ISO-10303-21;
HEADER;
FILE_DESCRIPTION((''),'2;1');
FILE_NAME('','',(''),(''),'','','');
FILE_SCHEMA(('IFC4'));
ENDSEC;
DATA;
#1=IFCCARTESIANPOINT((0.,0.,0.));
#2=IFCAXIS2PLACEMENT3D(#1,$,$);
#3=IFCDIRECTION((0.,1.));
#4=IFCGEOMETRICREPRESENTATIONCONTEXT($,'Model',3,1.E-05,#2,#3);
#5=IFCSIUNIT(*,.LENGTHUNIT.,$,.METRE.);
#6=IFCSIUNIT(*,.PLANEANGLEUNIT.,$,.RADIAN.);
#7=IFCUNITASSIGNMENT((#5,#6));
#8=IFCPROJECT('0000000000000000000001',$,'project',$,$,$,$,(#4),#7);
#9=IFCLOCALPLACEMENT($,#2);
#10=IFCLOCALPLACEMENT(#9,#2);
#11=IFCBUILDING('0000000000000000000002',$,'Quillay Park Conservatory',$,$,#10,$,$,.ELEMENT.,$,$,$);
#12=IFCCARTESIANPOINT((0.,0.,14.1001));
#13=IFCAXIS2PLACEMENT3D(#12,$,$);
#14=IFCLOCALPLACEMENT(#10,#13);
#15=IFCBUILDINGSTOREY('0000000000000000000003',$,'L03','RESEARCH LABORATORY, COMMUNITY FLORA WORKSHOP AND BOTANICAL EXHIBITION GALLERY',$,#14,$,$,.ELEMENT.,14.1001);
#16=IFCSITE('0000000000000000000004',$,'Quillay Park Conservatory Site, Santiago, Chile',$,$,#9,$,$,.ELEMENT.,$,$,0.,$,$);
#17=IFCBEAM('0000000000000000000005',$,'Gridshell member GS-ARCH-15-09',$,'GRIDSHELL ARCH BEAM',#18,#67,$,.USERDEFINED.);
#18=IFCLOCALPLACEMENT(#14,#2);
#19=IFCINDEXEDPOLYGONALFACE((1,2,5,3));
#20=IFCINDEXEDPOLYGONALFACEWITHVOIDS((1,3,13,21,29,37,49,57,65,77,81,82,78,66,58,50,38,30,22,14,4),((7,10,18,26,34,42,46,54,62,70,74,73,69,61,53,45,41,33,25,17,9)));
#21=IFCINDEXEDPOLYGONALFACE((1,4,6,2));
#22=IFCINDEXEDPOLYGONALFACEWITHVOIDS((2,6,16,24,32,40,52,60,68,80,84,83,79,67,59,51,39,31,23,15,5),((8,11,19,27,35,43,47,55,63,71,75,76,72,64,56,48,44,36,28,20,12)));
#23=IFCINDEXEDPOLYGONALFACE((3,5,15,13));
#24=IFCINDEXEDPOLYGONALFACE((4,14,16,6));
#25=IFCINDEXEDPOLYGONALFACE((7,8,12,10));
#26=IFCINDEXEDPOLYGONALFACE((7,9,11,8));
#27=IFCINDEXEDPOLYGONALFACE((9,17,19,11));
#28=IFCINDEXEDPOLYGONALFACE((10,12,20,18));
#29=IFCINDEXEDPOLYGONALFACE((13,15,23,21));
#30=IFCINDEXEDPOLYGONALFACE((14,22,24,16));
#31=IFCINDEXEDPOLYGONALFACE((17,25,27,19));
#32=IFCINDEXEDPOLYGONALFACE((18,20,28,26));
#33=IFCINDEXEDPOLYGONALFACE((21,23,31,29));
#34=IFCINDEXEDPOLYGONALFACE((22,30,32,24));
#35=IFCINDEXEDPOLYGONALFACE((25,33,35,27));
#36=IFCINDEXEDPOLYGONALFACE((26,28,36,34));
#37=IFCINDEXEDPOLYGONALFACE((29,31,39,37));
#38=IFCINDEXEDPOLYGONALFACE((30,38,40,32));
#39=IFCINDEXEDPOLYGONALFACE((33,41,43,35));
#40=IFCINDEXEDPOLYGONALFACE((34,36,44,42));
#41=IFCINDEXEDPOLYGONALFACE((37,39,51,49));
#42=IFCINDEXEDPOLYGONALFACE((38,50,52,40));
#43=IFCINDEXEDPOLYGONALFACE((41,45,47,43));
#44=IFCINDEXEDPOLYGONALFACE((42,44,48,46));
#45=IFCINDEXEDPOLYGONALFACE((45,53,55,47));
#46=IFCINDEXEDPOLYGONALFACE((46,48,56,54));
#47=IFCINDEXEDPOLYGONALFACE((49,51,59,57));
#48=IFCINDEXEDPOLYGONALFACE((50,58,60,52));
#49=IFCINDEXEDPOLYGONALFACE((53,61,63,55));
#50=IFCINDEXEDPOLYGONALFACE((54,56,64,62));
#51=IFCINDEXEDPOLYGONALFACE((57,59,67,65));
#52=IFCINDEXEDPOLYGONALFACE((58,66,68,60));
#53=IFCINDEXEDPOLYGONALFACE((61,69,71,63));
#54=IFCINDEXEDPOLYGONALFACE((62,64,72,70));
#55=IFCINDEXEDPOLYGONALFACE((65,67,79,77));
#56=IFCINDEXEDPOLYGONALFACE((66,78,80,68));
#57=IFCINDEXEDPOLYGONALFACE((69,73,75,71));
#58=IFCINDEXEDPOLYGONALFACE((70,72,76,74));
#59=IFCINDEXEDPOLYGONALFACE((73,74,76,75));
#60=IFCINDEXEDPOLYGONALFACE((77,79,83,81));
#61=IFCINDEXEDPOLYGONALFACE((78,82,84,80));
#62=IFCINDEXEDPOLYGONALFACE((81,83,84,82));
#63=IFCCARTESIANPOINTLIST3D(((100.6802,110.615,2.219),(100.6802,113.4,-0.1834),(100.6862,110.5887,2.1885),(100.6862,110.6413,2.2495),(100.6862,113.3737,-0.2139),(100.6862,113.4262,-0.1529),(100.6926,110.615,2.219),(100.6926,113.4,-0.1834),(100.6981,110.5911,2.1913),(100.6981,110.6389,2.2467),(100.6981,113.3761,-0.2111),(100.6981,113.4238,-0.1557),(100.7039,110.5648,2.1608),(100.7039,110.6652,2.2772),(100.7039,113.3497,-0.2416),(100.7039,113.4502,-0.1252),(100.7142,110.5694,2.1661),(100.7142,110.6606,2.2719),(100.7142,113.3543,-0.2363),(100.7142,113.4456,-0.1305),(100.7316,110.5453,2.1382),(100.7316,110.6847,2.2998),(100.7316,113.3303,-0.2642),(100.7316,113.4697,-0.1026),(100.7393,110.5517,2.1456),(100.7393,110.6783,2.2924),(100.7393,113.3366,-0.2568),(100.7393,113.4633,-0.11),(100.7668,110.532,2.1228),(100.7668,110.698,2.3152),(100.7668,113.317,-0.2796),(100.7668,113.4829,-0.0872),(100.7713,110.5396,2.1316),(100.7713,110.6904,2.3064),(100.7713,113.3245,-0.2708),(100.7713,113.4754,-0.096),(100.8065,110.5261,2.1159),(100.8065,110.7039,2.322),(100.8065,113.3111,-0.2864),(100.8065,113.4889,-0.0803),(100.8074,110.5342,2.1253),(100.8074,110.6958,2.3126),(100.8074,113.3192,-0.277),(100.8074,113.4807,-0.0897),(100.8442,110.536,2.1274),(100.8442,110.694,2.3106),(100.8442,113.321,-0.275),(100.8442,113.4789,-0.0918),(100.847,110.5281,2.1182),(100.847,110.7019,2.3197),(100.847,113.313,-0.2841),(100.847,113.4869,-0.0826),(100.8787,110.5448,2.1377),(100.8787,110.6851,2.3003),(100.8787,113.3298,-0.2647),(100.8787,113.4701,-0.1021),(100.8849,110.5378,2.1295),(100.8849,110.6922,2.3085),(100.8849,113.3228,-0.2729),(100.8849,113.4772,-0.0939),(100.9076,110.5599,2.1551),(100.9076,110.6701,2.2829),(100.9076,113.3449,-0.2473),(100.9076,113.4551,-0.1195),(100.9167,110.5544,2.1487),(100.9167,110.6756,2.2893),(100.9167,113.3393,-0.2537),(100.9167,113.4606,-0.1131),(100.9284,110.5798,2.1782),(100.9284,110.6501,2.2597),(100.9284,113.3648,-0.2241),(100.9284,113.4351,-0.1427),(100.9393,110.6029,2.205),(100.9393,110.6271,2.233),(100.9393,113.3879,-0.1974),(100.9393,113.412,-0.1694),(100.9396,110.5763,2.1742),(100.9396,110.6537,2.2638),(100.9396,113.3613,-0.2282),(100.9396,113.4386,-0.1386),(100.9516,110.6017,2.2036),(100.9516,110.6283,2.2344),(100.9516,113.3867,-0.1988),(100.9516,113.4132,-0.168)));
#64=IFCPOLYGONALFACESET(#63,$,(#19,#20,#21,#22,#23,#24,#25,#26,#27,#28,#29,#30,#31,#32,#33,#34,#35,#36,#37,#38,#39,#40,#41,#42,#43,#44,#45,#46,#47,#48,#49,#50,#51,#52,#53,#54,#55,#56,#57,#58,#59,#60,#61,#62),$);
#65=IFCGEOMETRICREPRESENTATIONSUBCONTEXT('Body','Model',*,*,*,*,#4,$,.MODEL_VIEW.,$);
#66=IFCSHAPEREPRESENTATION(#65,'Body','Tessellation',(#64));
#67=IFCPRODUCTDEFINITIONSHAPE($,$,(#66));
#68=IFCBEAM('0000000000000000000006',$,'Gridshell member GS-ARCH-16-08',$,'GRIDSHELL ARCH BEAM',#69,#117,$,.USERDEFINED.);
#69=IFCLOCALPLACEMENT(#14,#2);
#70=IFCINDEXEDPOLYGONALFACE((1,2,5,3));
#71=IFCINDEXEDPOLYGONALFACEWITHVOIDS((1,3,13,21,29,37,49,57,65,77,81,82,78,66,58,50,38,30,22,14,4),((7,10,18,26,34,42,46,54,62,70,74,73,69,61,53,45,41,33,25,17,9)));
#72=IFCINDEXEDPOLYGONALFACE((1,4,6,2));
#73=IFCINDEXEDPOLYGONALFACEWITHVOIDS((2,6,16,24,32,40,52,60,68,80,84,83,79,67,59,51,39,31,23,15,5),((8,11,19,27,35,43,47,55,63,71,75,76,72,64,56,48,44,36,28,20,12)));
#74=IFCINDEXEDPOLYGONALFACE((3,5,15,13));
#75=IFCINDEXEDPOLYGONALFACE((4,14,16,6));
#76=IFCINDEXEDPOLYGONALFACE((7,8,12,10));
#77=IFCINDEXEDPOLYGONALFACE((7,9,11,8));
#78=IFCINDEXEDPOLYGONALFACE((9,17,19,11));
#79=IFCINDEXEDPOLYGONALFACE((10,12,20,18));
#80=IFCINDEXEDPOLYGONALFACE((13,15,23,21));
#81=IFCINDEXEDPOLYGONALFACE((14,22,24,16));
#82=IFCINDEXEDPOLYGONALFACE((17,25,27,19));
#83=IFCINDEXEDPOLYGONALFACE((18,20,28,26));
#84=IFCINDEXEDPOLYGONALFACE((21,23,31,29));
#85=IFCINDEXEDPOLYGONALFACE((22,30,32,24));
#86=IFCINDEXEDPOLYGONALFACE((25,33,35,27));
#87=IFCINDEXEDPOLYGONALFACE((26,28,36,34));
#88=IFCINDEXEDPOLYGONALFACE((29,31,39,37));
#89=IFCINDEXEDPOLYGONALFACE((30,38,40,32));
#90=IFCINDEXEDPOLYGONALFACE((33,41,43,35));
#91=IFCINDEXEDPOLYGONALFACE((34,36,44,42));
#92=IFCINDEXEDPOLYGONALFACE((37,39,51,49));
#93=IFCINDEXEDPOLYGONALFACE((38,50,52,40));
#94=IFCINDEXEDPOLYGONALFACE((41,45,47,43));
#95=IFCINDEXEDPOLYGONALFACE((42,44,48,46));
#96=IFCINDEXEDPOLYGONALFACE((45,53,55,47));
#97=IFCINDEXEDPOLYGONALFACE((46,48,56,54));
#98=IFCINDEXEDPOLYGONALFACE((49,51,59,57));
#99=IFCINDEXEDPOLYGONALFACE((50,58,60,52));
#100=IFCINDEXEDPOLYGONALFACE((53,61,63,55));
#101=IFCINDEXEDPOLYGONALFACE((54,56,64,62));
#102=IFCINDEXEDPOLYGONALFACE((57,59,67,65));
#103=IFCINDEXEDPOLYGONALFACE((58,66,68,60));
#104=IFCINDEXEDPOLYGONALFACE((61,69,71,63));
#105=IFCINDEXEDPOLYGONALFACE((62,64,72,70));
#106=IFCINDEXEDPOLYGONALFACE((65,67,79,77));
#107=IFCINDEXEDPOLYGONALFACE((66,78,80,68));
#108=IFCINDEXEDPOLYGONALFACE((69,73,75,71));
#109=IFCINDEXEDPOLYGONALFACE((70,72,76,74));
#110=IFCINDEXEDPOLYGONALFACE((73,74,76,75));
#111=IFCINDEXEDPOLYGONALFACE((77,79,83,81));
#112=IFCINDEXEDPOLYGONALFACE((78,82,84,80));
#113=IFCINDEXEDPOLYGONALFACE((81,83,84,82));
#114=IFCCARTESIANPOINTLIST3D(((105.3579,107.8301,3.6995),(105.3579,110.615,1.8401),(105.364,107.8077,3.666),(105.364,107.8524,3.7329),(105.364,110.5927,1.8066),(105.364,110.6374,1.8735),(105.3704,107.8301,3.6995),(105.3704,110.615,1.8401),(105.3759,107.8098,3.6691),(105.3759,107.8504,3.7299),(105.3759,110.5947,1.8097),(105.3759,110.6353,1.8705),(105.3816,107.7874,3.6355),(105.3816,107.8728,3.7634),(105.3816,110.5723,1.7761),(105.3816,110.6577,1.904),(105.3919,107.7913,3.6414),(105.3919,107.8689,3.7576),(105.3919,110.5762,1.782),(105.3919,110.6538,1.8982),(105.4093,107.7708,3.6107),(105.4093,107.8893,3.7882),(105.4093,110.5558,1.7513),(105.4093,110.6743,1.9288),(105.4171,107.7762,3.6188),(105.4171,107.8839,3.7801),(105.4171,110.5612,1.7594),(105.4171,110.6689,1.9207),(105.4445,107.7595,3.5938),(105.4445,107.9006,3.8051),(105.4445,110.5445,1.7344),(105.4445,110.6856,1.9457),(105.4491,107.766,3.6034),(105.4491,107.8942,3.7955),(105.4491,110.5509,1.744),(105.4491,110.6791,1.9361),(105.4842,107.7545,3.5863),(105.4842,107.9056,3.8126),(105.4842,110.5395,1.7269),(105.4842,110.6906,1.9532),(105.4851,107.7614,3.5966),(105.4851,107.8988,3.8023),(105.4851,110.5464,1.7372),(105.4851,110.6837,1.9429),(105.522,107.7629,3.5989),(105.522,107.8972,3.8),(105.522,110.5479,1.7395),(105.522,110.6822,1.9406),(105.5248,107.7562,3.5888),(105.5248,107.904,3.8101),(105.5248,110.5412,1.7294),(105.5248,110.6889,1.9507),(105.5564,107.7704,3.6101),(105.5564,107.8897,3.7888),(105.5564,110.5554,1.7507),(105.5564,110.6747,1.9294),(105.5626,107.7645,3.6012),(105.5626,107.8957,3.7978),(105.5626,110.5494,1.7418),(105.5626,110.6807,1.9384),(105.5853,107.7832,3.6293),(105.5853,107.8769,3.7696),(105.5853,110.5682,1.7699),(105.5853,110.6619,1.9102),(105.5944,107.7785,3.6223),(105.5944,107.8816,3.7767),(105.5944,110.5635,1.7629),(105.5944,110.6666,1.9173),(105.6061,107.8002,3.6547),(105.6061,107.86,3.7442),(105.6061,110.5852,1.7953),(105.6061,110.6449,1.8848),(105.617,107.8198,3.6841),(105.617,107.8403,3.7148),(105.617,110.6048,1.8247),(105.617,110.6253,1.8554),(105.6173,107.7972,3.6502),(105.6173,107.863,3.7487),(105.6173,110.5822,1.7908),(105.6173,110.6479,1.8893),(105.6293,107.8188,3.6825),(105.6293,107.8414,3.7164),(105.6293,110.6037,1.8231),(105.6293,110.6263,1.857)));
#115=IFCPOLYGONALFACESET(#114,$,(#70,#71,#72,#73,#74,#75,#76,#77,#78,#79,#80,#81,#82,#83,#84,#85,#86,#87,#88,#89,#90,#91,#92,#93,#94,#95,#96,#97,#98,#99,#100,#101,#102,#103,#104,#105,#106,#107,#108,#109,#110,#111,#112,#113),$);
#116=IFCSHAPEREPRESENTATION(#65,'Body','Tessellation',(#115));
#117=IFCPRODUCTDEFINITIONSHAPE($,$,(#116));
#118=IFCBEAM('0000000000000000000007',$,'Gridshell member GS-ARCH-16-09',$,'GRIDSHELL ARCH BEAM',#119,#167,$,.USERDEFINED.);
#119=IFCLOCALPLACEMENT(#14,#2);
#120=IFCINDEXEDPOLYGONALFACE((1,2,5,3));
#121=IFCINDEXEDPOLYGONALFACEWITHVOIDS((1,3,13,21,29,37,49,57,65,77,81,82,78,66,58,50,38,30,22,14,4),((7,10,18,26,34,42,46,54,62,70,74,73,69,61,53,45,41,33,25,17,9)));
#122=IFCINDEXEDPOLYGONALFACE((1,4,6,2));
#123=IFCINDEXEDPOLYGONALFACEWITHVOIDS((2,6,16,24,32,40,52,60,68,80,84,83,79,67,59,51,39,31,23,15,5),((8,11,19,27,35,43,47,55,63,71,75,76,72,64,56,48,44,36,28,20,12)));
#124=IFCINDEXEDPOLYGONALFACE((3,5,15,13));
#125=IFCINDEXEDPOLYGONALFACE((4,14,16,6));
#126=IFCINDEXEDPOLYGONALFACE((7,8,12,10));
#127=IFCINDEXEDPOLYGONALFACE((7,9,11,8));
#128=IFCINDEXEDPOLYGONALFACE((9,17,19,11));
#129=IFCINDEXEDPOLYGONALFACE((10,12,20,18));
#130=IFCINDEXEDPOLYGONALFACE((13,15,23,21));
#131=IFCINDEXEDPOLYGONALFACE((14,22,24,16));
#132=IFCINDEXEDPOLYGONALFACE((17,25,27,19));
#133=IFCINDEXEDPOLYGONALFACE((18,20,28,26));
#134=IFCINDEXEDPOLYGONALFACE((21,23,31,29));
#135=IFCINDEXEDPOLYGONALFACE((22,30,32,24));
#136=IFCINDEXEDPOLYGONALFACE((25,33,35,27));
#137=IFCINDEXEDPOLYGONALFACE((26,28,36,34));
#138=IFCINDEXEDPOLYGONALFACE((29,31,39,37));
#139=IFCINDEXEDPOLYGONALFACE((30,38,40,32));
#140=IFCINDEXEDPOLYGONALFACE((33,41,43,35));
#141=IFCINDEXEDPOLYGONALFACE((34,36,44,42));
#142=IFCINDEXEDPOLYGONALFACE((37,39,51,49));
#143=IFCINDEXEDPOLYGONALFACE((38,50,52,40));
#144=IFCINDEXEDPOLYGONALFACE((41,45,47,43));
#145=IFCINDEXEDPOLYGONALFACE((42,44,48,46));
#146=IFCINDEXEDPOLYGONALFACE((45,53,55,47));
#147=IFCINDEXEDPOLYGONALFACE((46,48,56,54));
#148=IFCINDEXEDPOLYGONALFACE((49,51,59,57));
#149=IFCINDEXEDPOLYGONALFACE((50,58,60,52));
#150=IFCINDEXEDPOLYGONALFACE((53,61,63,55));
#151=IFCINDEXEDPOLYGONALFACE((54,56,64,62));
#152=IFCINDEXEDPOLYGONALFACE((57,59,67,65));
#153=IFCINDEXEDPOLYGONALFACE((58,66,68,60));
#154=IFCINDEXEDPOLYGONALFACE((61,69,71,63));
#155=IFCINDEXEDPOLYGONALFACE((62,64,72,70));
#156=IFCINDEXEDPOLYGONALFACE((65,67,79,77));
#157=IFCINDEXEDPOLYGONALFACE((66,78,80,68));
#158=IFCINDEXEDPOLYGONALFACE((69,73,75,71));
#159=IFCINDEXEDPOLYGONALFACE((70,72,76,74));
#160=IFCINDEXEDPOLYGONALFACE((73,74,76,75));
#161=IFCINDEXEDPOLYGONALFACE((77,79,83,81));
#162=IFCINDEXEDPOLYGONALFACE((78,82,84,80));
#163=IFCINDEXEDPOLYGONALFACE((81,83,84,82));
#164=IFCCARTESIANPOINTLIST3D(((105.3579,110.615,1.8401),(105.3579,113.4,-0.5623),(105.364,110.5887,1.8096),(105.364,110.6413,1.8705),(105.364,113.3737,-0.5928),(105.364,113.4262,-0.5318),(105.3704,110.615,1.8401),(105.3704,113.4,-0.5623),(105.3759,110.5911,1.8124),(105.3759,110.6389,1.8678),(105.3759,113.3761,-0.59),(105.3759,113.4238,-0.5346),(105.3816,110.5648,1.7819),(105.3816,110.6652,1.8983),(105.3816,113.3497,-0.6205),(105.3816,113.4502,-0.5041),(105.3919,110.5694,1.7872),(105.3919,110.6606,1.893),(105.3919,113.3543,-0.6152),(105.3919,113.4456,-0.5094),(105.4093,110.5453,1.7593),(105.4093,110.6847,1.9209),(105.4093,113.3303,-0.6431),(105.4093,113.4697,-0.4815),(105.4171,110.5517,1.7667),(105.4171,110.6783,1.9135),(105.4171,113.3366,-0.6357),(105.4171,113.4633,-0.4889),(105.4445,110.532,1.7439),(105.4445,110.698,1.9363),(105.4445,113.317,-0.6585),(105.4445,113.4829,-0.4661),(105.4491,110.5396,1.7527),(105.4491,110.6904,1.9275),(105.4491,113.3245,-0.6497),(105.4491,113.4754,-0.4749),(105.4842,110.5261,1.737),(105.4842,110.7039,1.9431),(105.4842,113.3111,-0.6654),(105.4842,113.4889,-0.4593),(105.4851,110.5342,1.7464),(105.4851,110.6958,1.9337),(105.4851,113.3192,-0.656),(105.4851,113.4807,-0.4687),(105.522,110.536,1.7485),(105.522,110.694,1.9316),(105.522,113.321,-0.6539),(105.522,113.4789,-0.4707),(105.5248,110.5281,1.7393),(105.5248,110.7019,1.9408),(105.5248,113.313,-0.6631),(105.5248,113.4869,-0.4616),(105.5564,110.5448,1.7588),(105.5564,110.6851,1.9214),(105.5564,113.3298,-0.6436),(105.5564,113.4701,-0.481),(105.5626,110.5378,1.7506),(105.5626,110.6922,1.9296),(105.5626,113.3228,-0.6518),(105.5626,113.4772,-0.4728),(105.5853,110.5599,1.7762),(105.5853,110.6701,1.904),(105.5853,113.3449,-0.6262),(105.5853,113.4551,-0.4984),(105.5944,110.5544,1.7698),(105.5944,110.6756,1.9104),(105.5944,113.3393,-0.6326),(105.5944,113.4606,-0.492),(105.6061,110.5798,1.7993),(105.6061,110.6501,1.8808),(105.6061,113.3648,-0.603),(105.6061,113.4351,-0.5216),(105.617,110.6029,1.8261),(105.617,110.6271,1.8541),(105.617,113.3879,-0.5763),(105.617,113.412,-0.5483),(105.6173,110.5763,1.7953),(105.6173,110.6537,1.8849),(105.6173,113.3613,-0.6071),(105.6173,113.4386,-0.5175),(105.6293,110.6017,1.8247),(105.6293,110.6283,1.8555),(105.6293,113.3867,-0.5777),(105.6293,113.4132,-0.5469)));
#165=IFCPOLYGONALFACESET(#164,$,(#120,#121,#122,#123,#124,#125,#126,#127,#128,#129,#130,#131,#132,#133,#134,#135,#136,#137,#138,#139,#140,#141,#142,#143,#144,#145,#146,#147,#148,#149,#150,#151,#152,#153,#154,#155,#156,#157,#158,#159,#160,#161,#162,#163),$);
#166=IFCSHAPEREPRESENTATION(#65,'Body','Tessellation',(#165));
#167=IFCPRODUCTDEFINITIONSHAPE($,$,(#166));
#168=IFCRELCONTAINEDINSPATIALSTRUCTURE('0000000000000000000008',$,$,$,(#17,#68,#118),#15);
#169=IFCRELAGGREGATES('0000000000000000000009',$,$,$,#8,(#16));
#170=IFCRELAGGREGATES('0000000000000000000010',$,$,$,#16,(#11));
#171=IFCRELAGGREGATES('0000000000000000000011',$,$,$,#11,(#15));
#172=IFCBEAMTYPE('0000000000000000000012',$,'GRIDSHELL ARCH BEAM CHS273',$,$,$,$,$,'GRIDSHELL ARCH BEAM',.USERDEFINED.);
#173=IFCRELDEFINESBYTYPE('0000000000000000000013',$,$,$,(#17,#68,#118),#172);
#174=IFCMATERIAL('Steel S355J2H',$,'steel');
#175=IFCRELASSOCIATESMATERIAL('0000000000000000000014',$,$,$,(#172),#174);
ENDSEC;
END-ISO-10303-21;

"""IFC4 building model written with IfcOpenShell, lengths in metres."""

from ifc_helpers import new_model, si_unit, direction, frame, origin, origin_2d, place, context, subcontext, project, spatial, hollow_circle, extrude, material, material_profile, profile_set, type_object, element, save


model = new_model("IFC4")

# Units and contexts
model_context = context("Model", 3, precision=1e-05, world=origin(), true_north=direction((0.0, 1.0)))
body_context = subcontext(model_context, "Body", "Model", "MODEL_VIEW")
ifc_project = project(units=[si_unit("LENGTHUNIT", "METRE"), si_unit("PLANEANGLEUNIT", "RADIAN")], contexts=[model_context])

# Site, building, storey
site_placement = place(None, origin())
site = spatial("IfcSite", under=ifc_project, at=site_placement, Name="Quillay Park Conservatory Site, Santiago, Chile", CompositionType="ELEMENT", RefElevation=0.0)
building_placement = place(site_placement, origin())
building = spatial("IfcBuilding", under=site, at=building_placement, Name="Quillay Park Conservatory", CompositionType="ELEMENT")
storey_placement = place(building_placement, frame((0.0, 0.0, 14.1001)))
storey = spatial("IfcBuildingStorey", under=building, at=storey_placement, Name="L03", Description="RESEARCH LABORATORY, COMMUNITY FLORA WORKSHOP AND BOTANICAL EXHIBITION GALLERY", CompositionType="ELEMENT", Elevation=14.1001)

# Beams
ifc_material_1 = material(Name="Steel S355J2H", Category="steel")
ifc_material_profile_1 = material_profile(ifc_material_1, hollow_circle(Radius=0.1365, WallThickness=0.0125, at=origin_2d()), Name="CHS273x12.5")
ifc_profile_set_1 = profile_set([ifc_material_profile_1], Name="Steel S355J2H")
beam_type = type_object("IfcBeamType", Name="GRIDSHELL ARCH BEAM CHS273", ElementType="GRIDSHELL ARCH BEAM", PredefinedType="USERDEFINED", material=ifc_profile_set_1)
beam_1_placement = place(storey_placement, frame((100.8167, 110.615, 2.219), z_axis=(0.0, 0.757201, -0.653183), x_axis=(-1.0, 0.0, 0.0)))
element("IfcBeam", 1, at=beam_1_placement, inside=storey, type_object=beam_type, Name="Gridshell member GS-ARCH-15-09", ObjectType="GRIDSHELL ARCH BEAM", PredefinedType="USERDEFINED", context=body_context, shape_type="SweptSolid", body=[
    extrude(hollow_circle(Radius=0.1365, WallThickness=0.0125, at=origin_2d()), origin(), (0.0, 0.0, 1.0), 3.678),
])
beam_2_placement = place(storey_placement, frame((105.4944, 107.8301, 3.6995), z_axis=(0.0, 0.831669, -0.555272), x_axis=(-1.0, 0.0, 0.0)))
element("IfcBeam", 2, at=beam_2_placement, inside=storey, type_object=beam_type, Name="Gridshell member GS-ARCH-16-08", ObjectType="GRIDSHELL ARCH BEAM", PredefinedType="USERDEFINED", context=body_context, shape_type="SweptSolid", body=[
    extrude(hollow_circle(Radius=0.1365, WallThickness=0.0125, at=origin_2d()), origin(), (0.0, 0.0, 1.0), 3.3486),
])
beam_3_placement = place(storey_placement, frame((105.4944, 110.615, 1.8401), z_axis=(0.0, 0.757201, -0.653183), x_axis=(-1.0, 0.0, 0.0)))
element("IfcBeam", 3, at=beam_3_placement, inside=storey, type_object=beam_type, Name="Gridshell member GS-ARCH-16-09", ObjectType="GRIDSHELL ARCH BEAM", PredefinedType="USERDEFINED", context=body_context, shape_type="SweptSolid", body=[
    extrude(hollow_circle(Radius=0.1365, WallThickness=0.0125, at=origin_2d()), origin(), (0.0, 0.0, 1.0), 3.678),
])

save(model, "model.ifc")
